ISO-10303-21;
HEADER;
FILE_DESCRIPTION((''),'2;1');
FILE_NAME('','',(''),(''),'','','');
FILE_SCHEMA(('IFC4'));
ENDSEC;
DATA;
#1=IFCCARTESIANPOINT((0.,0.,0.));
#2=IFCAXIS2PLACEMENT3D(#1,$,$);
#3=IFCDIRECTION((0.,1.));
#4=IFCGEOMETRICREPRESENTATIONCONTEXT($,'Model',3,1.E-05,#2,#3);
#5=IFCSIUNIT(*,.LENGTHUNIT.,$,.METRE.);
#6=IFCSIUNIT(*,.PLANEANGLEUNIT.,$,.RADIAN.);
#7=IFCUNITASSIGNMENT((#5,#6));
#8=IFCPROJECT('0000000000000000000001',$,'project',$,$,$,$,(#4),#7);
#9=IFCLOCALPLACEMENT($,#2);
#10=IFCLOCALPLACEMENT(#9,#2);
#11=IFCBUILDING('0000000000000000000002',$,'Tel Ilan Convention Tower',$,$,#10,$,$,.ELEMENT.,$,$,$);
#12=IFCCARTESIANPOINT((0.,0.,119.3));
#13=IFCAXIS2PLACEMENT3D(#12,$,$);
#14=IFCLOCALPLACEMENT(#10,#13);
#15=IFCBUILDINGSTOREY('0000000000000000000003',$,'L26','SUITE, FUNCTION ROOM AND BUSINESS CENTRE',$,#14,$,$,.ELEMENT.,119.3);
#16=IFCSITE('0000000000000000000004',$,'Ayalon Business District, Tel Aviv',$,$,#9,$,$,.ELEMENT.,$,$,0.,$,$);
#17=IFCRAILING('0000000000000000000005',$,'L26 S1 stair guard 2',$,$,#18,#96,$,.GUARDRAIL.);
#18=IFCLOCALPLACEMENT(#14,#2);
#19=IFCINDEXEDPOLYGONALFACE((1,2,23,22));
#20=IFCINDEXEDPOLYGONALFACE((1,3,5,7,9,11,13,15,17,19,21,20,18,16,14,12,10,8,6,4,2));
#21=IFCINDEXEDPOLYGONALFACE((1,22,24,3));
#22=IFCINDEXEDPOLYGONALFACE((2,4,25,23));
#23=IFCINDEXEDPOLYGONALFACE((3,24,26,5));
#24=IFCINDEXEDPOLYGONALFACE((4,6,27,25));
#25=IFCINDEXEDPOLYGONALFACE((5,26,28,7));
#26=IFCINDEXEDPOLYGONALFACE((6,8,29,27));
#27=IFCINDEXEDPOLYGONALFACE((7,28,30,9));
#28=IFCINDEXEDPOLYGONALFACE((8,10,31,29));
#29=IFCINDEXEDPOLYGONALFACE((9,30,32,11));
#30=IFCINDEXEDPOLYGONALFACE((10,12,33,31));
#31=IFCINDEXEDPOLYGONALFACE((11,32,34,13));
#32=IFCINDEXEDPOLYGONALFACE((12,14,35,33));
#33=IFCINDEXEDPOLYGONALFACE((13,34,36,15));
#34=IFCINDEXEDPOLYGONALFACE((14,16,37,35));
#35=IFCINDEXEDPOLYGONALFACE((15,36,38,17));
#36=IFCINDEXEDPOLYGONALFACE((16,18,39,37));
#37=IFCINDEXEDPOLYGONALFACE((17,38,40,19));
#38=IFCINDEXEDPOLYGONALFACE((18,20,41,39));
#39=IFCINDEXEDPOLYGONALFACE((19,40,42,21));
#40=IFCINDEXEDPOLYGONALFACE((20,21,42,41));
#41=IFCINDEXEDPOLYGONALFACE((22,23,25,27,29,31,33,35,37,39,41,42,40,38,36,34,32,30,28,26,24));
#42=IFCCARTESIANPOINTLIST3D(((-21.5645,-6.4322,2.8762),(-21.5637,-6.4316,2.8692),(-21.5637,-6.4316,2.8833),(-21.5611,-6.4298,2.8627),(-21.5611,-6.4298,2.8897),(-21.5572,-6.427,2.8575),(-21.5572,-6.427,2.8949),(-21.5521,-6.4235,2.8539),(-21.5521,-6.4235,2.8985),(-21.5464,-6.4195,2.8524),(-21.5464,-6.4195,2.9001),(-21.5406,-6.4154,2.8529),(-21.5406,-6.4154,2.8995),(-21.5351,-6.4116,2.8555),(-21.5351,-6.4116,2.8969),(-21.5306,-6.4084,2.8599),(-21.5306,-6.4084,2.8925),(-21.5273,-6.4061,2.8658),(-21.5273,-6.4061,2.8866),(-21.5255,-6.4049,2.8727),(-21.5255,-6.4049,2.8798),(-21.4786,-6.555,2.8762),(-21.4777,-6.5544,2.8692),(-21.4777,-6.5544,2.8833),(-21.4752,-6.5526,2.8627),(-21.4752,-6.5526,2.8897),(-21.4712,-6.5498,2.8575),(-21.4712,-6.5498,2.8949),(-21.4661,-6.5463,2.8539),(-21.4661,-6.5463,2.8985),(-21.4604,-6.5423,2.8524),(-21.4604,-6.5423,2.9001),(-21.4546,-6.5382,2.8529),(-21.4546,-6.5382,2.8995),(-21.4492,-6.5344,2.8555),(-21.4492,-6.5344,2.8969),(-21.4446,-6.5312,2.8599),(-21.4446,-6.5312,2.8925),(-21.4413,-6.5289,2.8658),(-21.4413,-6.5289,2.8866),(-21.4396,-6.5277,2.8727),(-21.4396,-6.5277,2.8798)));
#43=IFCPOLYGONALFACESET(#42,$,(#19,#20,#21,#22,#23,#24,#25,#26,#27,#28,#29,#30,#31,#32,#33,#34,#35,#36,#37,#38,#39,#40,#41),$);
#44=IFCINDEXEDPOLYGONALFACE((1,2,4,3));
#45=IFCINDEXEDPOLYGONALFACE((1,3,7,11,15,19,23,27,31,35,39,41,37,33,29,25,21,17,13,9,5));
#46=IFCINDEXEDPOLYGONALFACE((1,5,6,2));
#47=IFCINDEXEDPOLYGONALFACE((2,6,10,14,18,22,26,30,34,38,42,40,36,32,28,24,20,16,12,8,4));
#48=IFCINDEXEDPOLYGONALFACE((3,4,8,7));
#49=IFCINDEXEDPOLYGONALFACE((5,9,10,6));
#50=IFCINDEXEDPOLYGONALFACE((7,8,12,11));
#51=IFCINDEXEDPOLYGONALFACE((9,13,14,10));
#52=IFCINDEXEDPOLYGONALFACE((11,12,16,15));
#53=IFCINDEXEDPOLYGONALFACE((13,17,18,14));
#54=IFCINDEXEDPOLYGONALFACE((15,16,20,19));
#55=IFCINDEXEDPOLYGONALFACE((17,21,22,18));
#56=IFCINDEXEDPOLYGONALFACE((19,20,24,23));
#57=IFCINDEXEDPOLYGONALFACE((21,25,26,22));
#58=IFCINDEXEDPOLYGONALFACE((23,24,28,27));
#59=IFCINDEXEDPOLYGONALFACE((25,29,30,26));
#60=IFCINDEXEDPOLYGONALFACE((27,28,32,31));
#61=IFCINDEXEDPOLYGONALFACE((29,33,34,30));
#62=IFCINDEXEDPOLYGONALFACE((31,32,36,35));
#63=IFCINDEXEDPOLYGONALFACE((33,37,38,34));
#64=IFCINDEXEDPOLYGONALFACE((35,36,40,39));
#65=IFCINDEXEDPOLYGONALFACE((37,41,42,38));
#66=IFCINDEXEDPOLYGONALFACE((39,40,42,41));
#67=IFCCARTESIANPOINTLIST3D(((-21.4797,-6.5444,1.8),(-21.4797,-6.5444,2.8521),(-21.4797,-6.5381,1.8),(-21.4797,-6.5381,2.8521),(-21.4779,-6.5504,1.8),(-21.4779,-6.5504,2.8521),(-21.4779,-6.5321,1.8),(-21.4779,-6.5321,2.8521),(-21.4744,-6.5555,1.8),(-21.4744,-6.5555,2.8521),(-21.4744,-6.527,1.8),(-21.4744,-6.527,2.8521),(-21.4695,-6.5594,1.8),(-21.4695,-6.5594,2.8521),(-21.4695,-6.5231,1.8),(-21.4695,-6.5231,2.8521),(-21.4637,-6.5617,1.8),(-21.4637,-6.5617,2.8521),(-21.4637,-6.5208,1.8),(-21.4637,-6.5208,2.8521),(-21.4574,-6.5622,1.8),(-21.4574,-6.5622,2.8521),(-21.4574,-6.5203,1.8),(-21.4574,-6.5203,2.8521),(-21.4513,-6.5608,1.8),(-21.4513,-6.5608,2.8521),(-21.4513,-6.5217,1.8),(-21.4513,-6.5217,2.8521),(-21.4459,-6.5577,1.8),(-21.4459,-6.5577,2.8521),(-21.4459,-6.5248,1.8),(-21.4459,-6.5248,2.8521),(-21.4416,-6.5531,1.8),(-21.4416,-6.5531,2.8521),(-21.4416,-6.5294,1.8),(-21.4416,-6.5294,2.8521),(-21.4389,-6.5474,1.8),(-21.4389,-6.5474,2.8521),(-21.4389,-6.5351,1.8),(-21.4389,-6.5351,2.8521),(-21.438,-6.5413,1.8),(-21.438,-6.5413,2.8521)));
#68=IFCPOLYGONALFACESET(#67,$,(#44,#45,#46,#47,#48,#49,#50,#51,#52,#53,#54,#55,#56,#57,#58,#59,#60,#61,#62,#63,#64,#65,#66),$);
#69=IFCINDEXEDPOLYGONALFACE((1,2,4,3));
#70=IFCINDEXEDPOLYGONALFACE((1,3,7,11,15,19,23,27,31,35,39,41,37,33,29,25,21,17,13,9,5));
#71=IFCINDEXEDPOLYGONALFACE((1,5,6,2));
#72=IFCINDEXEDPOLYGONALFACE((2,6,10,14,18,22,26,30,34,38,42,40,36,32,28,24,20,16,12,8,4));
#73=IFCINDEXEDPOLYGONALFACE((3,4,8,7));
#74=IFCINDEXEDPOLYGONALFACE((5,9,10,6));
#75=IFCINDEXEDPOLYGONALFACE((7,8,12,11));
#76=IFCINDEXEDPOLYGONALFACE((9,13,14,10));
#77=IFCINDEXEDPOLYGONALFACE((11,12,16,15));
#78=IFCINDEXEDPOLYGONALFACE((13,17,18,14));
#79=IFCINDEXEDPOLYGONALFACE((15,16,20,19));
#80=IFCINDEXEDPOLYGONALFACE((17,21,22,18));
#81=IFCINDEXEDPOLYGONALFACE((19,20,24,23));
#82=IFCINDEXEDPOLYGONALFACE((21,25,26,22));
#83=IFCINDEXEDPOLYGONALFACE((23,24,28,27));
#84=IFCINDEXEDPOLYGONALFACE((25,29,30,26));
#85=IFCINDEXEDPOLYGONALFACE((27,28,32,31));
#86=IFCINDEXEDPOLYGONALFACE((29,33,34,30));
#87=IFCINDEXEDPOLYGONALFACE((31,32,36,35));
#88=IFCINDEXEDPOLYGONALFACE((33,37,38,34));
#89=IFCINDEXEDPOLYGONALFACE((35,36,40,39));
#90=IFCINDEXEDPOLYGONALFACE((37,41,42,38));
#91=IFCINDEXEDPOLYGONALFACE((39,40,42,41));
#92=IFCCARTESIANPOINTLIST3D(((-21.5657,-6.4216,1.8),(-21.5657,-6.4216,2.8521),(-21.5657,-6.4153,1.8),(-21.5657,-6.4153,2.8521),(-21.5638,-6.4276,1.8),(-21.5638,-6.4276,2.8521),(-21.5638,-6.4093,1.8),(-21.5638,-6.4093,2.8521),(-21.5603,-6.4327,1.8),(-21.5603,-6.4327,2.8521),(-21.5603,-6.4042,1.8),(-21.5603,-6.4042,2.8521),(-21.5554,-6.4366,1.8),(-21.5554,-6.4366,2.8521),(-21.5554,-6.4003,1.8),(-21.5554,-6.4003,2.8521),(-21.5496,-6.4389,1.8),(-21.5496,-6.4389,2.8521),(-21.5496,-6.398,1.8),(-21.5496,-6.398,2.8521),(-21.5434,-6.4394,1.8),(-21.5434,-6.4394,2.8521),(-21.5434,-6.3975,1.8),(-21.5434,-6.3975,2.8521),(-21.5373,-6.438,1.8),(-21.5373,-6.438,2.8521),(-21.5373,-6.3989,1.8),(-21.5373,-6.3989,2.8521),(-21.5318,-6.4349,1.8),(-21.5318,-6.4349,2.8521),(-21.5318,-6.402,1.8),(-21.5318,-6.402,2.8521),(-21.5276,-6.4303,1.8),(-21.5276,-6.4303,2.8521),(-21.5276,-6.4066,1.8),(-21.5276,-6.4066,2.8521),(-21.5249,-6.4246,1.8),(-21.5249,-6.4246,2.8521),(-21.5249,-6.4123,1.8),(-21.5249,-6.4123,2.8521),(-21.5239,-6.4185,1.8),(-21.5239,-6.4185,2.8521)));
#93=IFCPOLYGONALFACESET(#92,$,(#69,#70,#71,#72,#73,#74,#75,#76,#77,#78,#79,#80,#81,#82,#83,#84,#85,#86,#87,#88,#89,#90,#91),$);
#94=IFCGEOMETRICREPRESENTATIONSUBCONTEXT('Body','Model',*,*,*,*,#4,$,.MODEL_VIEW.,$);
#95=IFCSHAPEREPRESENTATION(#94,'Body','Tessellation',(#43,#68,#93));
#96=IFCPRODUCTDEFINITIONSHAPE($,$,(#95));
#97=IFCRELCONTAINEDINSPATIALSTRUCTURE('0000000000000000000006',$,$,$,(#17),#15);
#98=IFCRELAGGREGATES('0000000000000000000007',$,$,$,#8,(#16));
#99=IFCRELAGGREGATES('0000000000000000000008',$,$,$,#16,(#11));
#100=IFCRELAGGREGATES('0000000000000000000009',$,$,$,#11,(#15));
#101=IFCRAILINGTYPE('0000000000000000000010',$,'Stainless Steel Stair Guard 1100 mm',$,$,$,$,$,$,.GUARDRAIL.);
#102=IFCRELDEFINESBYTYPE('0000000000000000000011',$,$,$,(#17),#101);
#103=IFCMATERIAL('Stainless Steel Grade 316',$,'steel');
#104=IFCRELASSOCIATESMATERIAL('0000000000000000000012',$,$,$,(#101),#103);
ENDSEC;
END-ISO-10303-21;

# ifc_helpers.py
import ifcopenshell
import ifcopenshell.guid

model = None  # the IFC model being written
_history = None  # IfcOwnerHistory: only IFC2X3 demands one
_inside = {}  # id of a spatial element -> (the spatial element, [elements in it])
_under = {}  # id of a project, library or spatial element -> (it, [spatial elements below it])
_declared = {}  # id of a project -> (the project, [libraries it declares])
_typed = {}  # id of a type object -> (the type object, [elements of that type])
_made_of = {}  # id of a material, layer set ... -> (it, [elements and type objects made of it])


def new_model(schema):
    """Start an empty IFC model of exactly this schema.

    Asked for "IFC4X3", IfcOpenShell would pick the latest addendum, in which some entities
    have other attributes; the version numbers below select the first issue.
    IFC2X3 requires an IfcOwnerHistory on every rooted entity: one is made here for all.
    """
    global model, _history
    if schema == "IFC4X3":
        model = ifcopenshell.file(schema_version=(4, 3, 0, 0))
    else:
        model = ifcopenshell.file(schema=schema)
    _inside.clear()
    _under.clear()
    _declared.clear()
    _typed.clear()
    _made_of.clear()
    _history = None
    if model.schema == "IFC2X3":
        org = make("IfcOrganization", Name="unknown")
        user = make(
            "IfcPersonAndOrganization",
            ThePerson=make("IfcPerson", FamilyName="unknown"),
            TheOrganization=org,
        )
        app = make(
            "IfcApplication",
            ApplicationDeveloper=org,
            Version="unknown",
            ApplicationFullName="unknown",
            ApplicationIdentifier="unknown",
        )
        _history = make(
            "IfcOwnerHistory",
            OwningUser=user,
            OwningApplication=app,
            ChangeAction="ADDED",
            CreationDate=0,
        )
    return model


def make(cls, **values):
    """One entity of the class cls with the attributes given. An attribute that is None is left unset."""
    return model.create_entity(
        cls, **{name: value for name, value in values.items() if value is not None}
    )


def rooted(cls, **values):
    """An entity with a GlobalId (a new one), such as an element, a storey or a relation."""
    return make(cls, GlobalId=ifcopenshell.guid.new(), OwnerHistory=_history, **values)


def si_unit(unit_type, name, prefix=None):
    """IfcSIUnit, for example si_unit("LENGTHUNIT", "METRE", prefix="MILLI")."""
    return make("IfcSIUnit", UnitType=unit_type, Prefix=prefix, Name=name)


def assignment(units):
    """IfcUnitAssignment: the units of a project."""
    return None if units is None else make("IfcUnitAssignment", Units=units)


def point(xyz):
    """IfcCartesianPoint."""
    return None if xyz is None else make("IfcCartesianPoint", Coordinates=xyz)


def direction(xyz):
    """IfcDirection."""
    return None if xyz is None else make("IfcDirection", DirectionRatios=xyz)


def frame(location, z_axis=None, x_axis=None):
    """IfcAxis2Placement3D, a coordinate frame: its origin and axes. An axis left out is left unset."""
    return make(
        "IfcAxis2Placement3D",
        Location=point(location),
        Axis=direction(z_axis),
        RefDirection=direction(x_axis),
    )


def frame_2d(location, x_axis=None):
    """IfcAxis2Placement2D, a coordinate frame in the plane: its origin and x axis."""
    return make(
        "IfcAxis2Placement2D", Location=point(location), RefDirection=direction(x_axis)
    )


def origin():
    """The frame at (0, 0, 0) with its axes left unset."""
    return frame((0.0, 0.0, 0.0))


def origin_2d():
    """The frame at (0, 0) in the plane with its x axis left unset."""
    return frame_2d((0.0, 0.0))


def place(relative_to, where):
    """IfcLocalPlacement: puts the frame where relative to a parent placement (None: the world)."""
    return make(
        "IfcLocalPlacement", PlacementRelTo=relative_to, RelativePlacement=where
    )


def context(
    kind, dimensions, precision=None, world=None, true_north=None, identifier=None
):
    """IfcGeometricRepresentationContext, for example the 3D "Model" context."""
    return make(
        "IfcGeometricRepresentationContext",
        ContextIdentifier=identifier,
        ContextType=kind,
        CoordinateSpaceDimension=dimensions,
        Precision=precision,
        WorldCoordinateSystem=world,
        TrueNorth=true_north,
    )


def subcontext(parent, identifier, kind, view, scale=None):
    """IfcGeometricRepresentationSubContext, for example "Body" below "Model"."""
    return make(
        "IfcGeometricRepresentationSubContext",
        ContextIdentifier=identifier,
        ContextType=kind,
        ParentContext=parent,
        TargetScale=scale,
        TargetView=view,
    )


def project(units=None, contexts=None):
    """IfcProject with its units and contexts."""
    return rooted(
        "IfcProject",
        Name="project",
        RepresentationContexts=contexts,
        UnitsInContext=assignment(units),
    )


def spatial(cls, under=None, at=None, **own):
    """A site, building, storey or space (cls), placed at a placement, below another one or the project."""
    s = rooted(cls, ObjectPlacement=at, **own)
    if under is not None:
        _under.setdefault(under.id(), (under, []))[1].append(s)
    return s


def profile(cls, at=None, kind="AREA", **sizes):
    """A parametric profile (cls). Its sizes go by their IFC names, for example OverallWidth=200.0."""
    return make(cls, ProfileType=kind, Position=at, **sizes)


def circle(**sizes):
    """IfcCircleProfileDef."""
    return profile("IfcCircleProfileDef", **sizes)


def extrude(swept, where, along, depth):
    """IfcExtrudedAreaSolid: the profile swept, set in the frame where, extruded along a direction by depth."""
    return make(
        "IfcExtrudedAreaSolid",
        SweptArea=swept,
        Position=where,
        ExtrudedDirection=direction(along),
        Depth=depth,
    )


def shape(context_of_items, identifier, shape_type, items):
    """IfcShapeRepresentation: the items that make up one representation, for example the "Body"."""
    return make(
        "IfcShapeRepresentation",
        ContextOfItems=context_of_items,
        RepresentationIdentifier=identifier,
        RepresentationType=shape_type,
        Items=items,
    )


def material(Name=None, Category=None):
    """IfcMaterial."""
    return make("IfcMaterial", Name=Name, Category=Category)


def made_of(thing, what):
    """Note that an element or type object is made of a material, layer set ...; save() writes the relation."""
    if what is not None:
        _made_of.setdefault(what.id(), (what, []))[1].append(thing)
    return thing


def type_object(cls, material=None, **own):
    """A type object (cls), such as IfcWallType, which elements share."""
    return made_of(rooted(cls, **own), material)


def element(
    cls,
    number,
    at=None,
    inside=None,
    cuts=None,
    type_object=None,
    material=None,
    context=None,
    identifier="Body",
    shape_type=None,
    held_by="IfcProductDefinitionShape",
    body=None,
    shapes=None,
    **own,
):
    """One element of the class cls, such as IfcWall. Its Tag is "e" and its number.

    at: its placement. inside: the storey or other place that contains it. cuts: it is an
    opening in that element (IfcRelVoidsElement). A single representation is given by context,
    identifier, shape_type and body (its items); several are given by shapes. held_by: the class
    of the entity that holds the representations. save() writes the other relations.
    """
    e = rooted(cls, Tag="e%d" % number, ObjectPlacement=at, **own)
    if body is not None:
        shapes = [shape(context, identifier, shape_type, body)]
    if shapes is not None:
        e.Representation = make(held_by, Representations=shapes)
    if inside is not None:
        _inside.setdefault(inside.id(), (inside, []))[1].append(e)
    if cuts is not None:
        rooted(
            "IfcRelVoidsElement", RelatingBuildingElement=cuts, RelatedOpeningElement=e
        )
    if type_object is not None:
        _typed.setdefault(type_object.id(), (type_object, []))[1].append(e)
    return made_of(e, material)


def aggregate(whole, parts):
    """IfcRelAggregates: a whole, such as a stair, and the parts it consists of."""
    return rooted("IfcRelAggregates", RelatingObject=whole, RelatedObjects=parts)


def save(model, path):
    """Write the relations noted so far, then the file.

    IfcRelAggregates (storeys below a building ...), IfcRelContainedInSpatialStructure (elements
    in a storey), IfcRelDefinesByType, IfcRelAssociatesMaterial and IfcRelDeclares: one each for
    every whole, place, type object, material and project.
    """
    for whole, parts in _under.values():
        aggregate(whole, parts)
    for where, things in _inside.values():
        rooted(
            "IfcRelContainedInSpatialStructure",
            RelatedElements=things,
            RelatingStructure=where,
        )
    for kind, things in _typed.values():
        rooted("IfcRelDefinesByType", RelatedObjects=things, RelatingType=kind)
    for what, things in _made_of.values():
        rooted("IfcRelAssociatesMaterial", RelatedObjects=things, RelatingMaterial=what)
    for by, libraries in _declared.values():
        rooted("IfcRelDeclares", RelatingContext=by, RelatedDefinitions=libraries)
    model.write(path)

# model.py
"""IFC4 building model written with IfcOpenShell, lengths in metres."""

from ifc_helpers import new_model, si_unit, direction, frame, origin, origin_2d, place, context, subcontext, project, spatial, circle, extrude, material, type_object, element, save


model = new_model("IFC4")

# Units and contexts
model_context = context("Model", 3, precision=1e-05, world=origin(), true_north=direction((0.0, 1.0)))
body_context = subcontext(model_context, "Body", "Model", "MODEL_VIEW")
ifc_project = project(units=[si_unit("LENGTHUNIT", "METRE"), si_unit("PLANEANGLEUNIT", "RADIAN")], contexts=[model_context])

# Site, building, storey
site_placement = place(None, origin())
site = spatial("IfcSite", under=ifc_project, at=site_placement, Name="Ayalon Business District, Tel Aviv", CompositionType="ELEMENT", RefElevation=0.0)
building_placement = place(site_placement, origin())
building = spatial("IfcBuilding", under=site, at=building_placement, Name="Tel Ilan Convention Tower", CompositionType="ELEMENT")
storey_placement = place(building_placement, frame((0.0, 0.0, 119.3)))
storey = spatial("IfcBuildingStorey", under=building, at=storey_placement, Name="L26", Description="SUITE, FUNCTION ROOM AND BUSINESS CENTRE", CompositionType="ELEMENT", Elevation=119.3)

# Railing
ifc_material_1 = material(Name="Stainless Steel Grade 316", Category="steel")
railing_type_1 = type_object("IfcRailingType", Name="Stainless Steel Stair Guard 1100 mm", PredefinedType="GUARDRAIL", material=ifc_material_1)
railing_1_placement = place(storey_placement, frame((-21.459, -6.5413, 1.8)))
element("IfcRailing", 1, at=railing_1_placement, inside=storey, type_object=railing_type_1, Name="L26 S1 stair guard 2", PredefinedType="GUARDRAIL", context=body_context, shape_type="SweptSolid", body=[
    extrude(circle(Radius=0.0239, at=origin_2d()), frame((0.0, 0.0, 1.0762), z_axis=(-0.573353, 0.819308, 0.0), x_axis=(-0.819308, -0.573353, 0.0)), (0.0, 0.0, 1.0), 0.1499),
    extrude(circle(Radius=0.021, at=origin_2d()), origin(), (0.0, 0.0, 1.0), 1.052),
    extrude(circle(Radius=0.021, at=origin_2d()), frame((-0.0859, 0.1228, 0.0)), (0.0, 0.0, 1.0), 1.052),
])

save(model, "model.ifc")
